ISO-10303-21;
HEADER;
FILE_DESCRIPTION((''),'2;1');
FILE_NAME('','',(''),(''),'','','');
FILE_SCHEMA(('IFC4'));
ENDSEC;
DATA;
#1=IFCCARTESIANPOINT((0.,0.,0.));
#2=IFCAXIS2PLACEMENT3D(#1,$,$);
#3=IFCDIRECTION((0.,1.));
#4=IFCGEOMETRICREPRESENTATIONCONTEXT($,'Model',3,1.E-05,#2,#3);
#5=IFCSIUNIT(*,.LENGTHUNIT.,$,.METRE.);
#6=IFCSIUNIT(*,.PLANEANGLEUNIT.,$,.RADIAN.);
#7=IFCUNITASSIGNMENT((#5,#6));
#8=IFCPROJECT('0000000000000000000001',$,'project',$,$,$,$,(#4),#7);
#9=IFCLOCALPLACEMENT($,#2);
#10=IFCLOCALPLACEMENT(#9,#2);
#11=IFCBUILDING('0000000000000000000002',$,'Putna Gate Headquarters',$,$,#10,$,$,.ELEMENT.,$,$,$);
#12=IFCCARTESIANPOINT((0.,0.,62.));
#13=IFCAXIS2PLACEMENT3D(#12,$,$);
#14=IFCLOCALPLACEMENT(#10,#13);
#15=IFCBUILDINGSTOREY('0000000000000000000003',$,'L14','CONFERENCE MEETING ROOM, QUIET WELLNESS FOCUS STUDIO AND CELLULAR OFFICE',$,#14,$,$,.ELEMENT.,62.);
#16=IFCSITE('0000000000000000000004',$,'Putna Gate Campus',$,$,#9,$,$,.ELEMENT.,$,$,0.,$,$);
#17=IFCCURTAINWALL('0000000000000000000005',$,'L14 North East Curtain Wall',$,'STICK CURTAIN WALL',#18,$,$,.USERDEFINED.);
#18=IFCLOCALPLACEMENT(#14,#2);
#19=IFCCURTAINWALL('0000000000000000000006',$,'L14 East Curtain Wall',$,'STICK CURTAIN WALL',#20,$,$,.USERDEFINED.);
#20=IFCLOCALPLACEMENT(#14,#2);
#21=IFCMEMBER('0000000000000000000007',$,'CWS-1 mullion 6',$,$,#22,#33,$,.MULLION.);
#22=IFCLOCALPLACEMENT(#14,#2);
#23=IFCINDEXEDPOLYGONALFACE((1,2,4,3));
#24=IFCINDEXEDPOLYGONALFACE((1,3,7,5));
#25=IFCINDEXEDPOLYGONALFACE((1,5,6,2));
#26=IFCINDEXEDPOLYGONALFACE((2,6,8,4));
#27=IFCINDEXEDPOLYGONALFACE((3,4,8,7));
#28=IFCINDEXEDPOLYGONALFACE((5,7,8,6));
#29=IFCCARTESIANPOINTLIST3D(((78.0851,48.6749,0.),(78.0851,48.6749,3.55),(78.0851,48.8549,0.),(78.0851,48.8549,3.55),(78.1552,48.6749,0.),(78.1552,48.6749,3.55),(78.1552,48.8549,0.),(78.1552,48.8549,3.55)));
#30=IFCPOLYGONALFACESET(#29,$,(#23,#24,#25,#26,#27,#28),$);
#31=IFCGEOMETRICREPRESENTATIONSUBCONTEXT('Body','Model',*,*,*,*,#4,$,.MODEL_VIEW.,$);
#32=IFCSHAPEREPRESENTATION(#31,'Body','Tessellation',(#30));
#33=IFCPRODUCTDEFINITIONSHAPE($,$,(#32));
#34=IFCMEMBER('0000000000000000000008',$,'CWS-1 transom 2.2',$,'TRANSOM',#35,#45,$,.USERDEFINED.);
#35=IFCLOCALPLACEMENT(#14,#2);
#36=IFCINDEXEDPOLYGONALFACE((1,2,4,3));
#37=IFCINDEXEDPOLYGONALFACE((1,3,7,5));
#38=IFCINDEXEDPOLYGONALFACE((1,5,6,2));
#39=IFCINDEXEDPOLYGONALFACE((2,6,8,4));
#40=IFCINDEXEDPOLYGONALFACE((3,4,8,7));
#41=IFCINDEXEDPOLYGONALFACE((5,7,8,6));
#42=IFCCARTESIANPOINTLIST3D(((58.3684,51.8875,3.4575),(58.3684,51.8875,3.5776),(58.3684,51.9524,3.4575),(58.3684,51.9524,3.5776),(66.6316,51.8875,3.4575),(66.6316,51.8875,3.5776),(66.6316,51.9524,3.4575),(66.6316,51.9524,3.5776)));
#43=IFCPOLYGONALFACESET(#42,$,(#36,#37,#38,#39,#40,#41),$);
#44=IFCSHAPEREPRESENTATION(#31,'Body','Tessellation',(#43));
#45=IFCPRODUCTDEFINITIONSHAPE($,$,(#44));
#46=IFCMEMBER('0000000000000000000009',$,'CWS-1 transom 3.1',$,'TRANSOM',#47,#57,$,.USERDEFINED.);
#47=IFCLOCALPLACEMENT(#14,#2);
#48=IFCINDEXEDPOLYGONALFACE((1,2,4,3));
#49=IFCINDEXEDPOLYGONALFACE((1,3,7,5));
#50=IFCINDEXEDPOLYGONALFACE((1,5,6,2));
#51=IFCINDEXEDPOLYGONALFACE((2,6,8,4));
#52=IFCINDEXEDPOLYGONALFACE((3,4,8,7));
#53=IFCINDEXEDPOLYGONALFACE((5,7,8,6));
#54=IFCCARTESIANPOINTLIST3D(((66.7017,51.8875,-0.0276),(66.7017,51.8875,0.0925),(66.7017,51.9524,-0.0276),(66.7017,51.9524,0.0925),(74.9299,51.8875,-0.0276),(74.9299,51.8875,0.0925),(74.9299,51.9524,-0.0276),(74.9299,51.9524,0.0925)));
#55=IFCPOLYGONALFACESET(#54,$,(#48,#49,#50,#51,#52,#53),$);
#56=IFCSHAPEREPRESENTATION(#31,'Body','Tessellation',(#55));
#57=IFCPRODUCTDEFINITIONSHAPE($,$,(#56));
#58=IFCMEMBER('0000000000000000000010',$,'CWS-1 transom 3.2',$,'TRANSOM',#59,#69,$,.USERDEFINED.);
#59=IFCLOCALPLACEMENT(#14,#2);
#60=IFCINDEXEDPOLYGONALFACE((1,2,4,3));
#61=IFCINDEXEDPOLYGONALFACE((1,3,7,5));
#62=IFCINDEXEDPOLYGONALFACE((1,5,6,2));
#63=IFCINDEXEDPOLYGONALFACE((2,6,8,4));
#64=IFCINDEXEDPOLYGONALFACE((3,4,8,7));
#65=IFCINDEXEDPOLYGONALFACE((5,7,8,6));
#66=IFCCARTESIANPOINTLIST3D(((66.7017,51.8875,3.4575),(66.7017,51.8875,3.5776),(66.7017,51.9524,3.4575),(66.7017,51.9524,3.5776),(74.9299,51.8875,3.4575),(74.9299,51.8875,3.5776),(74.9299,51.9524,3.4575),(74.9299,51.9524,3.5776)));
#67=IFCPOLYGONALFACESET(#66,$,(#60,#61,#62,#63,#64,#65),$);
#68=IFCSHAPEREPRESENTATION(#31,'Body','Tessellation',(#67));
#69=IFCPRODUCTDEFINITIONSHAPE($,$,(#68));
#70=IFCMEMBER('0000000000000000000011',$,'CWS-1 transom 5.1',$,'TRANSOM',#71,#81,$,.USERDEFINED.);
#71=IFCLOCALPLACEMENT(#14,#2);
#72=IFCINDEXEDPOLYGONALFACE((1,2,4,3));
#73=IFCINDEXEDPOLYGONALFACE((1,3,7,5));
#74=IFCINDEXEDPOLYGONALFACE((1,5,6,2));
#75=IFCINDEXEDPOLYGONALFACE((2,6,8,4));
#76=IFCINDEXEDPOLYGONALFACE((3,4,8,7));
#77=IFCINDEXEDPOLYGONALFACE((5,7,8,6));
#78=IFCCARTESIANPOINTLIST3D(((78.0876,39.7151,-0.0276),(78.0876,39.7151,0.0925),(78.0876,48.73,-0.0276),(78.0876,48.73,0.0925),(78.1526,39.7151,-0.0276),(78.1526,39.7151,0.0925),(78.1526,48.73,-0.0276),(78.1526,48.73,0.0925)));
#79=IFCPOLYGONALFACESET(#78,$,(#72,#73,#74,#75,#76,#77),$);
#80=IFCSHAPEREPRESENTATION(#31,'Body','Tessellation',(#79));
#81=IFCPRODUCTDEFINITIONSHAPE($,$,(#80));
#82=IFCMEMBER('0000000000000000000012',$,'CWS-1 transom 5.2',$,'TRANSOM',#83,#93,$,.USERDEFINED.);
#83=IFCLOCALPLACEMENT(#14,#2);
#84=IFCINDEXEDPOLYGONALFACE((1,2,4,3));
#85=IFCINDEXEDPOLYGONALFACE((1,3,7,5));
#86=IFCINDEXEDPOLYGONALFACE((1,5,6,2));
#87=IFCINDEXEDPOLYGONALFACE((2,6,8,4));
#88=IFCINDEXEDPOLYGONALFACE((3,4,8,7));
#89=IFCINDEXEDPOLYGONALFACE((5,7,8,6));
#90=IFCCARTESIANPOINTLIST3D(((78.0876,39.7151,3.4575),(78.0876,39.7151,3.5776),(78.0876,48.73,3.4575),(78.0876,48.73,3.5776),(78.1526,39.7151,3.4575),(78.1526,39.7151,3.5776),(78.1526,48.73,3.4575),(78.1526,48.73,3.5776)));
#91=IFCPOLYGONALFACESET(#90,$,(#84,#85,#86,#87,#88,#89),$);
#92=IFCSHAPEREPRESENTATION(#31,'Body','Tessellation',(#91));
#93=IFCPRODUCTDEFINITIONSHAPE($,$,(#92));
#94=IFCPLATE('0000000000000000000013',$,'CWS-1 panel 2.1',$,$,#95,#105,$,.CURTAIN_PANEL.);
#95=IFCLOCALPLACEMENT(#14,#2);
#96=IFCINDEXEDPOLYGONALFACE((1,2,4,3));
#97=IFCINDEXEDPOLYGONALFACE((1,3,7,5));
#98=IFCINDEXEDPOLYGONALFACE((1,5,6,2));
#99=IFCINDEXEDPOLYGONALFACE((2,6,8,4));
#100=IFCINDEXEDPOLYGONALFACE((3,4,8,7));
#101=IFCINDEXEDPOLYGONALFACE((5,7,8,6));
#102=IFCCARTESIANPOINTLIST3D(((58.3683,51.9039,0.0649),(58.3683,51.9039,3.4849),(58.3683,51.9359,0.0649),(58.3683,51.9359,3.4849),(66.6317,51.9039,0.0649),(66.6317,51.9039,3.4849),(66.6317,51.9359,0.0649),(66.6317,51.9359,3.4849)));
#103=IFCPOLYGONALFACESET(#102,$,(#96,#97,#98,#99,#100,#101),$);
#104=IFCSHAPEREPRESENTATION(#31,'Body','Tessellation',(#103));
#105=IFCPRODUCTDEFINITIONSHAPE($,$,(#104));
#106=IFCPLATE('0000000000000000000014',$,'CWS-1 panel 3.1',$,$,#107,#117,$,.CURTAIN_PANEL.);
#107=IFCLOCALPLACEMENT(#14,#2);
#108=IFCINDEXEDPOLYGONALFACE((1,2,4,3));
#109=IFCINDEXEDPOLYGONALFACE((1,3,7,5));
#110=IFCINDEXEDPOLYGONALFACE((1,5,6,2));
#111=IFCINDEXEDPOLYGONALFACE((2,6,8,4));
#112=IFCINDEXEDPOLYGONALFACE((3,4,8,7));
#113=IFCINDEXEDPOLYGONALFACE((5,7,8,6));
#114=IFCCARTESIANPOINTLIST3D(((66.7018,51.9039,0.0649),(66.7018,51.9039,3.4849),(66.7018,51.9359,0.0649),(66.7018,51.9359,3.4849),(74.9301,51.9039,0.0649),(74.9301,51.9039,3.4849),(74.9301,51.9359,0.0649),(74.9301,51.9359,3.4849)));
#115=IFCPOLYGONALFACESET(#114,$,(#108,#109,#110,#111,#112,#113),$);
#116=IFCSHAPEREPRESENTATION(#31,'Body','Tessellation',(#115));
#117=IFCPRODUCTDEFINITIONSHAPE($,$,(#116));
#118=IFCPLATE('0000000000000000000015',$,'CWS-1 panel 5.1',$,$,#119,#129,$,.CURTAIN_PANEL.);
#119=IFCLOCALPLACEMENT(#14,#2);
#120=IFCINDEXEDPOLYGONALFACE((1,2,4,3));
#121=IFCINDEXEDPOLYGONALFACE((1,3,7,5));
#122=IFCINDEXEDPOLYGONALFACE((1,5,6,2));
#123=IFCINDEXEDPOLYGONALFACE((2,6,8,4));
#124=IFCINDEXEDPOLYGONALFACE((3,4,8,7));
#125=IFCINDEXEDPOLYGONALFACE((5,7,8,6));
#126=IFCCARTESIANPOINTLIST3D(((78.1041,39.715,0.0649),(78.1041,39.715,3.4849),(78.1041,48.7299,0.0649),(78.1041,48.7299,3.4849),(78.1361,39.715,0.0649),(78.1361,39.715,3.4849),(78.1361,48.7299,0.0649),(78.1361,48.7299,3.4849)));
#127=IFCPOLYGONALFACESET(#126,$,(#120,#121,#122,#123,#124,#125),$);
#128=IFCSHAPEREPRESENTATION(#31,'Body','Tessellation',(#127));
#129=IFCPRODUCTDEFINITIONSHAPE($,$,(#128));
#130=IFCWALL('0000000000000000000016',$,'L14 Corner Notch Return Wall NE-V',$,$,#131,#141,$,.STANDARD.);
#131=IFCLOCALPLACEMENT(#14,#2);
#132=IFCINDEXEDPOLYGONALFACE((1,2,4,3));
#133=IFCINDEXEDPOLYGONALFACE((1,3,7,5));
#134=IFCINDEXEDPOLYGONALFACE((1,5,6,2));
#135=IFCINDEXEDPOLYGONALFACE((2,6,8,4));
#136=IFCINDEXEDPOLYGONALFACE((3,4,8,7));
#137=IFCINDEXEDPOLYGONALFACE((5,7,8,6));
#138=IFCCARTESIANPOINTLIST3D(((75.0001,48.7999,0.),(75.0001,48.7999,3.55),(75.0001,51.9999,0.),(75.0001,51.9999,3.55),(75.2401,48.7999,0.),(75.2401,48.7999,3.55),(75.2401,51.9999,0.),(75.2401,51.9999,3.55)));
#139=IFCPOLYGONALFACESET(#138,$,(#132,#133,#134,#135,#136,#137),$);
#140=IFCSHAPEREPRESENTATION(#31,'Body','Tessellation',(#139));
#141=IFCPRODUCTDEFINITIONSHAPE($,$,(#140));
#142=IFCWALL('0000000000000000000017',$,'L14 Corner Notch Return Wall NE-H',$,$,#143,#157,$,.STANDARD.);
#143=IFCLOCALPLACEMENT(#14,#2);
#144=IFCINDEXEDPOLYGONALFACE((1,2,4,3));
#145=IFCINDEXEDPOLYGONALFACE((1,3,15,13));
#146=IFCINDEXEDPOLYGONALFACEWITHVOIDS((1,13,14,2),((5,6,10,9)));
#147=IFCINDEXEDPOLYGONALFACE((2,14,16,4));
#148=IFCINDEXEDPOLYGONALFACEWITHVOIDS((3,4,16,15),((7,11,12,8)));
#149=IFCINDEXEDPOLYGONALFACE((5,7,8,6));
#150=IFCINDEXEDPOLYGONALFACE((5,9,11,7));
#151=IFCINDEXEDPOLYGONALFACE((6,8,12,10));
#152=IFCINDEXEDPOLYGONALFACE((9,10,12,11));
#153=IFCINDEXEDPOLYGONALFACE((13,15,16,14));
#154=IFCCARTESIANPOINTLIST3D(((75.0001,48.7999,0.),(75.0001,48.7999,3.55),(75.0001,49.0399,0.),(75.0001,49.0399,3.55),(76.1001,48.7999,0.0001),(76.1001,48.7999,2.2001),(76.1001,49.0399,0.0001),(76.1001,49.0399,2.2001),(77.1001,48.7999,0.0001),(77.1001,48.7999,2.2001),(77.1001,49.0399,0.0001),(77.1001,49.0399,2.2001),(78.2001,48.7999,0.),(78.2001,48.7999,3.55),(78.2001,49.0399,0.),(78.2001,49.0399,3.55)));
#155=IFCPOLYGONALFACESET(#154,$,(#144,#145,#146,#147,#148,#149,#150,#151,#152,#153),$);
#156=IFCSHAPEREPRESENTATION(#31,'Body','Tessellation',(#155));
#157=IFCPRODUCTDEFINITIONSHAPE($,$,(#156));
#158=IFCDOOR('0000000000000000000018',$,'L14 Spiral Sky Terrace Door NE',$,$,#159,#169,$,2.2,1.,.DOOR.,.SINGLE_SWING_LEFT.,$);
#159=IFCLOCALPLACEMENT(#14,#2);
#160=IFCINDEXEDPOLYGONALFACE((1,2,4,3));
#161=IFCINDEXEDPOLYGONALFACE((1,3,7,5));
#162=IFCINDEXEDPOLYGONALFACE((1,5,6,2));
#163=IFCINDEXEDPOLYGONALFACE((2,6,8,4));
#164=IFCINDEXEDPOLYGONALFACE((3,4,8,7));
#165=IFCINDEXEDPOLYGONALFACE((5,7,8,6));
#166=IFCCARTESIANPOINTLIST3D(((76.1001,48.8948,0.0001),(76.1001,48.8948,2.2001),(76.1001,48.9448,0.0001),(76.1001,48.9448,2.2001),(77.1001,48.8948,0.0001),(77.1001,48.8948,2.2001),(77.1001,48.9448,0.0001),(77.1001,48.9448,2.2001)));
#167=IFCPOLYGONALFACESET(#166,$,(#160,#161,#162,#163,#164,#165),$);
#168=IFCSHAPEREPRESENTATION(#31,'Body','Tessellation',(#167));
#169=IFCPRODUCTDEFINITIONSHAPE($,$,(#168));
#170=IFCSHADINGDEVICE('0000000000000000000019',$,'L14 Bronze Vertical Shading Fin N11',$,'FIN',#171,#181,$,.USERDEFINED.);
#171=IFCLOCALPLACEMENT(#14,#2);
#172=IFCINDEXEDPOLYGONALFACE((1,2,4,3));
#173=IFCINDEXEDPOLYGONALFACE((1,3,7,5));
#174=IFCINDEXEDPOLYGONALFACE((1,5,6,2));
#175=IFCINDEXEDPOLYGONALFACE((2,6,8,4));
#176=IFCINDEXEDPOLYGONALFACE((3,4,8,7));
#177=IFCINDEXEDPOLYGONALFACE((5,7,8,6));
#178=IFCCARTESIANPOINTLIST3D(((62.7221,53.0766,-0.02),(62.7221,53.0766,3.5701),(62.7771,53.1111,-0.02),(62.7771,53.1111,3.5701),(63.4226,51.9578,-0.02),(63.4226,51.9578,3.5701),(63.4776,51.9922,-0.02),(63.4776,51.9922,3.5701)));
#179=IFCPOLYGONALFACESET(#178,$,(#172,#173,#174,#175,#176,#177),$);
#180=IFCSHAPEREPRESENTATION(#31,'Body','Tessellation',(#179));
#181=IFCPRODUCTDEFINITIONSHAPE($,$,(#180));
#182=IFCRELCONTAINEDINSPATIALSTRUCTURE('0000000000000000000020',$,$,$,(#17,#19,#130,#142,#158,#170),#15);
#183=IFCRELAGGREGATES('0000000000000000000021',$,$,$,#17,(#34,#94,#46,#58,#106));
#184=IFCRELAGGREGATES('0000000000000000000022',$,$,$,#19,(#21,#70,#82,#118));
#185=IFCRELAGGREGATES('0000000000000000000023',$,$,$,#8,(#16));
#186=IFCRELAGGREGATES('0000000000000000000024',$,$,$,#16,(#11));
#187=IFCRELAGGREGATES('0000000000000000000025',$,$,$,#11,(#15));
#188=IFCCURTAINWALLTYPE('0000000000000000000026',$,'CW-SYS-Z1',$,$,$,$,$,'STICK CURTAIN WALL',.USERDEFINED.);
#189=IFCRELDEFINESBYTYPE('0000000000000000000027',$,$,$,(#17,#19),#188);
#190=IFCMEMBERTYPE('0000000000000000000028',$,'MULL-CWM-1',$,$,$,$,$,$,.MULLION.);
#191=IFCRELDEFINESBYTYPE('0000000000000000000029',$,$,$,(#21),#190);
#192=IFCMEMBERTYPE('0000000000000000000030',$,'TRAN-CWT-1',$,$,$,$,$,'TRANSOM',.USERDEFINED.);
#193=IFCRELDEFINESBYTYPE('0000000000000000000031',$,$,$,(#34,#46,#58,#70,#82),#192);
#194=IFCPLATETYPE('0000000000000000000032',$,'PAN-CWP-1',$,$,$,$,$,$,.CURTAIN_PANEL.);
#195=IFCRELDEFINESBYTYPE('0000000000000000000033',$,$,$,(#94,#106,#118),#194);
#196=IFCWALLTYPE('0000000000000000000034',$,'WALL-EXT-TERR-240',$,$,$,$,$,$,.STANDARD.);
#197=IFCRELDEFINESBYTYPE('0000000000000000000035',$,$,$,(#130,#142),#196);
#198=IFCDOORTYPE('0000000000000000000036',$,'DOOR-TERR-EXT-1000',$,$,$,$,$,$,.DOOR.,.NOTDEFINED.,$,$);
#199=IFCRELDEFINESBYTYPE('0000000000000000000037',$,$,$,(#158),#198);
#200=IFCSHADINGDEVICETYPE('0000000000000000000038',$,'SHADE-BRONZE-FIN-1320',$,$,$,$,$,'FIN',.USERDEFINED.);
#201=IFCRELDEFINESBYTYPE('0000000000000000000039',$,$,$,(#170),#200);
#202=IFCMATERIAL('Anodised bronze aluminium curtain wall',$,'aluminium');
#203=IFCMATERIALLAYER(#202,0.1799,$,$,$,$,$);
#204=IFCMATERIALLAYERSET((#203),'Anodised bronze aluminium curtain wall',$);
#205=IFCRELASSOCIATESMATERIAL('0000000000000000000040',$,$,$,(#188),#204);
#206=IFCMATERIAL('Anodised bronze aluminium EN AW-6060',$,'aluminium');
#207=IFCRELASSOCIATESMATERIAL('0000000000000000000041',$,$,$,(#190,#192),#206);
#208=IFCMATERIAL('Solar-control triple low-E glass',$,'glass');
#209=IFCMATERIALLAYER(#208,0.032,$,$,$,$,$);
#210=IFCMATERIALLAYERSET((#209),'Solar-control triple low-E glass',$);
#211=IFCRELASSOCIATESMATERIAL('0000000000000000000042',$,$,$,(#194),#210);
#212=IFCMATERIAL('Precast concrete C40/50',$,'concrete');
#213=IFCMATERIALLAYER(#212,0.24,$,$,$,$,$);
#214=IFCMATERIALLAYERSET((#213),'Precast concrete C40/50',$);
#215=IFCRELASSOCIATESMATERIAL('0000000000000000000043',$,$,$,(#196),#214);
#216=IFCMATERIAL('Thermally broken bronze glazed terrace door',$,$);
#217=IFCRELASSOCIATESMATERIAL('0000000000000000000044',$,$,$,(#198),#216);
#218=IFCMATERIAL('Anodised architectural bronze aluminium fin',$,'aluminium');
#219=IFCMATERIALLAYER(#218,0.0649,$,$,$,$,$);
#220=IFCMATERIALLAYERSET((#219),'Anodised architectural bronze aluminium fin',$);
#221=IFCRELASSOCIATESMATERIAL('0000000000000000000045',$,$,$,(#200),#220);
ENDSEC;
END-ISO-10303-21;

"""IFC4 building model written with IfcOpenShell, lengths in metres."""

from ifc_helpers import new_model, si_unit, direction, frame, frame_2d, origin, origin_2d, place, context, subcontext, project, spatial, rectangle, extrude, material, layer, layer_set, material_profile, profile_set, type_object, element, fill, aggregate, save


model = new_model("IFC4")

# Units and contexts
model_context = context("Model", 3, precision=1e-05, world=origin(), true_north=direction((0.0, 1.0)))
body_context = subcontext(model_context, "Body", "Model", "MODEL_VIEW")
ifc_project = project(units=[si_unit("LENGTHUNIT", "METRE"), si_unit("PLANEANGLEUNIT", "RADIAN")], contexts=[model_context])

# Site, building, storey
site_placement = place(None, origin())
site = spatial("IfcSite", under=ifc_project, at=site_placement, Name="Putna Gate Campus", CompositionType="ELEMENT", RefElevation=0.0)
building_placement = place(site_placement, origin())
building = spatial("IfcBuilding", under=site, at=building_placement, Name="Putna Gate Headquarters", CompositionType="ELEMENT")
storey_placement = place(building_placement, frame((0.0, 0.0, 62.0)))
storey = spatial("IfcBuildingStorey", under=building, at=storey_placement, Name="L14", Description="CONFERENCE MEETING ROOM, QUIET WELLNESS FOCUS STUDIO AND CELLULAR OFFICE", CompositionType="ELEMENT", Elevation=62.0)

# Curtain walls, member
ifc_material_1 = material(Name="Anodised bronze aluminium curtain wall", Category="aluminium")
ifc_layer_1 = layer(ifc_material_1, 0.1799)
ifc_layer_set_1 = layer_set([ifc_layer_1], Name="Anodised bronze aluminium curtain wall")
curtain_wall_type = type_object("IfcCurtainWallType", Name="CW-SYS-Z1", ElementType="STICK CURTAIN WALL", PredefinedType="USERDEFINED", material=ifc_layer_set_1)
curtain_wall_1_placement = place(storey_placement, origin())
curtain_wall_1 = element("IfcCurtainWall", 1, at=curtain_wall_1_placement, inside=storey, type_object=curtain_wall_type, Name="L14 North East Curtain Wall", ObjectType="STICK CURTAIN WALL", PredefinedType="USERDEFINED")
ifc_material_2 = material(Name="Anodised bronze aluminium EN AW-6060", Category="aluminium")
ifc_material_profile_1 = material_profile(ifc_material_2, rectangle(XDim=0.0701, YDim=0.1799, at=origin_2d()), Name="Anodised bronze aluminium EN AW-6060")
ifc_profile_set_1 = profile_set([ifc_material_profile_1], Name="Anodised bronze aluminium EN AW-6060")
member_type_1 = type_object("IfcMemberType", Name="MULL-CWM-1", PredefinedType="MULLION", material=ifc_profile_set_1)
curtain_wall_2_placement = place(storey_placement, origin())
curtain_wall_2 = element("IfcCurtainWall", 2, at=curtain_wall_2_placement, inside=storey, type_object=curtain_wall_type, Name="L14 East Curtain Wall", ObjectType="STICK CURTAIN WALL", PredefinedType="USERDEFINED")
member_1_placement = place(storey_placement, frame((78.1201, 48.7649, 0.0), z_axis=(0.0, 0.0, 1.0), x_axis=(-1.0, 0.0, 0.0)))
member_1 = element("IfcMember", 3, at=member_1_placement, type_object=member_type_1, Name="CWS-1 mullion 6", PredefinedType="MULLION", context=body_context, shape_type="SweptSolid", body=[
    extrude(rectangle(XDim=0.0701, YDim=0.1799, at=origin_2d()), origin(), (0.0, 0.0, 1.0), 3.55),
])

# Members
ifc_material_profile_2 = material_profile(ifc_material_2, rectangle(XDim=0.0649, YDim=0.1201, at=origin_2d()), Name="Anodised bronze aluminium EN AW-6060")
ifc_profile_set_2 = profile_set([ifc_material_profile_2], Name="Anodised bronze aluminium EN AW-6060")
member_type_2 = type_object("IfcMemberType", Name="TRAN-CWT-1", ElementType="TRANSOM", PredefinedType="USERDEFINED", material=ifc_profile_set_2)
member_2_placement = place(storey_placement, frame((58.3684, 51.9199, 3.5176), z_axis=(1.0, 0.0, 0.0), x_axis=(0.0, 1.0, 0.0)))
member_2 = element("IfcMember", 4, at=member_2_placement, type_object=member_type_2, Name="CWS-1 transom 2.2", ObjectType="TRANSOM", PredefinedType="USERDEFINED", context=body_context, shape_type="SweptSolid", body=[
    extrude(rectangle(XDim=0.0649, YDim=0.1201, at=origin_2d()), origin(), (0.0, 0.0, 1.0), 8.2632),
])
member_3_placement = place(storey_placement, frame((66.7017, 51.9199, 0.0325), z_axis=(1.0, 0.0, 0.0), x_axis=(0.0, 1.0, 0.0)))
member_3 = element("IfcMember", 5, at=member_3_placement, type_object=member_type_2, Name="CWS-1 transom 3.1", ObjectType="TRANSOM", PredefinedType="USERDEFINED", context=body_context, shape_type="SweptSolid", body=[
    extrude(rectangle(XDim=0.0649, YDim=0.1201, at=origin_2d()), origin(), (0.0, 0.0, 1.0), 8.2283),
])
member_4_placement = place(storey_placement, frame((66.7017, 51.9199, 3.5176), z_axis=(1.0, 0.0, 0.0), x_axis=(0.0, 1.0, 0.0)))
member_4 = element("IfcMember", 6, at=member_4_placement, type_object=member_type_2, Name="CWS-1 transom 3.2", ObjectType="TRANSOM", PredefinedType="USERDEFINED", context=body_context, shape_type="SweptSolid", body=[
    extrude(rectangle(XDim=0.0649, YDim=0.1201, at=origin_2d()), origin(), (0.0, 0.0, 1.0), 8.2283),
])
member_5_placement = place(storey_placement, frame((78.1201, 39.7151, 0.0325), z_axis=(0.0, 1.0, 0.0), x_axis=(-1.0, 0.0, 0.0)))
member_5 = element("IfcMember", 7, at=member_5_placement, type_object=member_type_2, Name="CWS-1 transom 5.1", ObjectType="TRANSOM", PredefinedType="USERDEFINED", context=body_context, shape_type="SweptSolid", body=[
    extrude(rectangle(XDim=0.0649, YDim=0.1201, at=origin_2d()), origin(), (0.0, 0.0, 1.0), 9.0149),
])
member_6_placement = place(storey_placement, frame((78.1201, 39.7151, 3.5176), z_axis=(0.0, 1.0, 0.0), x_axis=(-1.0, 0.0, 0.0)))
member_6 = element("IfcMember", 8, at=member_6_placement, type_object=member_type_2, Name="CWS-1 transom 5.2", ObjectType="TRANSOM", PredefinedType="USERDEFINED", context=body_context, shape_type="SweptSolid", body=[
    extrude(rectangle(XDim=0.0649, YDim=0.1201, at=origin_2d()), origin(), (0.0, 0.0, 1.0), 9.0149),
])

# Plates
ifc_material_3 = material(Name="Solar-control triple low-E glass", Category="glass")
ifc_layer_2 = layer(ifc_material_3, 0.032)
ifc_layer_set_2 = layer_set([ifc_layer_2], Name="Solar-control triple low-E glass")
plate_type = type_object("IfcPlateType", Name="PAN-CWP-1", PredefinedType="CURTAIN_PANEL", material=ifc_layer_set_2)
plate_1_placement = place(storey_placement, frame((62.5, 51.9199, 0.0649), z_axis=(0.0, 0.0, 1.0), x_axis=(1.0, 0.0, 0.0)))
plate_1 = element("IfcPlate", 9, at=plate_1_placement, type_object=plate_type, Name="CWS-1 panel 2.1", PredefinedType="CURTAIN_PANEL", context=body_context, shape_type="SweptSolid", body=[
    extrude(rectangle(XDim=8.2634, YDim=0.032, at=origin_2d()), origin(), (0.0, 0.0, 1.0), 3.4199),
])
plate_2_placement = place(storey_placement, frame((70.8159, 51.9199, 0.0649), z_axis=(0.0, 0.0, 1.0), x_axis=(1.0, 0.0, 0.0)))
plate_2 = element("IfcPlate", 10, at=plate_2_placement, type_object=plate_type, Name="CWS-1 panel 3.1", PredefinedType="CURTAIN_PANEL", context=body_context, shape_type="SweptSolid", body=[
    extrude(rectangle(XDim=8.2283, YDim=0.032, at=origin_2d()), origin(), (0.0, 0.0, 1.0), 3.4199),
])
aggregate(curtain_wall_1, [member_2, plate_1, member_3, member_4, plate_2])
plate_3_placement = place(storey_placement, frame((78.1201, 44.2224, 0.0649), z_axis=(0.0, 0.0, 1.0), x_axis=(0.0, 1.0, 0.0)))
plate_3 = element("IfcPlate", 11, at=plate_3_placement, type_object=plate_type, Name="CWS-1 panel 5.1", PredefinedType="CURTAIN_PANEL", context=body_context, shape_type="SweptSolid", body=[
    extrude(rectangle(XDim=9.0149, YDim=0.032, at=origin_2d()), origin(), (0.0, 0.0, 1.0), 3.4199),
])
aggregate(curtain_wall_2, [member_1, member_5, member_6, plate_3])

# Wall
ifc_material_4 = material(Name="Precast concrete C40/50", Category="concrete")
ifc_layer_3 = layer(ifc_material_4, 0.24)
ifc_layer_set_3 = layer_set([ifc_layer_3], Name="Precast concrete C40/50")
wall_type = type_object("IfcWallType", Name="WALL-EXT-TERR-240", PredefinedType="STANDARD", material=ifc_layer_set_3)
wall_1_placement = place(storey_placement, frame((75.1201, 52.0, 0.0), z_axis=(0.0, 0.0, 1.0), x_axis=(0.0, -1.0, 0.0)))
element("IfcWall", 12, at=wall_1_placement, inside=storey, type_object=wall_type, Name="L14 Corner Notch Return Wall NE-V", PredefinedType="STANDARD", context=body_context, shape_type="SweptSolid", body=[
    extrude(rectangle(XDim=3.2, YDim=0.24, at=frame_2d((1.6001, 0.0))), origin(), (0.0, 0.0, 1.0), 3.55),
])

# Wall, opening, door
wall_2_placement = place(storey_placement, frame((75.0, 48.9199, 0.0), z_axis=(0.0, 0.0, 1.0), x_axis=(1.0, 0.0, 0.0)))
wall_2 = element("IfcWall", 13, at=wall_2_placement, inside=storey, type_object=wall_type, Name="L14 Corner Notch Return Wall NE-H", PredefinedType="STANDARD", context=body_context, shape_type="SweptSolid", body=[
    extrude(rectangle(XDim=3.2, YDim=0.24, at=frame_2d((1.6001, 0.0))), origin(), (0.0, 0.0, 1.0), 3.55),
])
opening_placement = place(wall_2_placement, frame((1.1001, 0.0, 0.0)))
opening = element("IfcOpeningElement", 14, at=opening_placement, cuts=wall_2, PredefinedType="OPENING", context=body_context, shape_type="SweptSolid", body=[
    extrude(rectangle(XDim=1.0, YDim=2.2, at=frame_2d((0.5, 1.1001))), frame((0.0, 0.1299, 0.0), z_axis=(0.0, -1.0, 0.0), x_axis=(1.0, 0.0, 0.0)), (0.0, 0.0, 1.0), 0.26),
])
ifc_material_5 = material(Name="Thermally broken bronze glazed terrace door")
door_type = type_object("IfcDoorType", Name="DOOR-TERR-EXT-1000", OperationType="NOTDEFINED", PredefinedType="DOOR", material=ifc_material_5)
door_placement = place(opening_placement, origin())
door = element("IfcDoor", 15, at=door_placement, inside=storey, type_object=door_type, Name="L14 Spiral Sky Terrace Door NE", OperationType="SINGLE_SWING_LEFT", OverallHeight=2.2, OverallWidth=1.0, PredefinedType="DOOR", context=body_context, shape_type="SweptSolid", body=[
    extrude(rectangle(XDim=1.0, YDim=2.2, at=frame_2d((0.5, 1.1001))), frame((0.0, 0.0249, 0.0), z_axis=(0.0, -1.0, 0.0), x_axis=(1.0, 0.0, 0.0)), (0.0, 0.0, 1.0), 0.05),
])
fill(opening, door)

# Shading device
ifc_material_6 = material(Name="Anodised architectural bronze aluminium fin", Category="aluminium")
ifc_layer_4 = layer(ifc_material_6, 0.0649)
ifc_layer_set_4 = layer_set([ifc_layer_4], Name="Anodised architectural bronze aluminium fin")
shading_device_type = type_object("IfcShadingDeviceType", Name="SHADE-BRONZE-FIN-1320", ElementType="FIN", PredefinedType="USERDEFINED", material=ifc_layer_set_4)
for number, where, z_axis, x_axis, name in (
    (16, (63.0999, 52.5344, -0.02), (0.0, 0.0, 1.0), (-0.530659, 0.847585, 0.0), "L14 Bronze Vertical Shading Fin N11"),
):
    element("IfcShadingDevice", number, at=place(storey_placement, frame(where, z_axis=z_axis, x_axis=x_axis)), inside=storey, type_object=shading_device_type, Name=name, ObjectType="FIN", PredefinedType="USERDEFINED", context=body_context, shape_type="SweptSolid", body=[
        extrude(rectangle(XDim=1.3201, YDim=0.0649, at=origin_2d()), origin(), (0.0, 0.0, 1.0), 3.5901),
    ])

save(model, "model.ifc")
